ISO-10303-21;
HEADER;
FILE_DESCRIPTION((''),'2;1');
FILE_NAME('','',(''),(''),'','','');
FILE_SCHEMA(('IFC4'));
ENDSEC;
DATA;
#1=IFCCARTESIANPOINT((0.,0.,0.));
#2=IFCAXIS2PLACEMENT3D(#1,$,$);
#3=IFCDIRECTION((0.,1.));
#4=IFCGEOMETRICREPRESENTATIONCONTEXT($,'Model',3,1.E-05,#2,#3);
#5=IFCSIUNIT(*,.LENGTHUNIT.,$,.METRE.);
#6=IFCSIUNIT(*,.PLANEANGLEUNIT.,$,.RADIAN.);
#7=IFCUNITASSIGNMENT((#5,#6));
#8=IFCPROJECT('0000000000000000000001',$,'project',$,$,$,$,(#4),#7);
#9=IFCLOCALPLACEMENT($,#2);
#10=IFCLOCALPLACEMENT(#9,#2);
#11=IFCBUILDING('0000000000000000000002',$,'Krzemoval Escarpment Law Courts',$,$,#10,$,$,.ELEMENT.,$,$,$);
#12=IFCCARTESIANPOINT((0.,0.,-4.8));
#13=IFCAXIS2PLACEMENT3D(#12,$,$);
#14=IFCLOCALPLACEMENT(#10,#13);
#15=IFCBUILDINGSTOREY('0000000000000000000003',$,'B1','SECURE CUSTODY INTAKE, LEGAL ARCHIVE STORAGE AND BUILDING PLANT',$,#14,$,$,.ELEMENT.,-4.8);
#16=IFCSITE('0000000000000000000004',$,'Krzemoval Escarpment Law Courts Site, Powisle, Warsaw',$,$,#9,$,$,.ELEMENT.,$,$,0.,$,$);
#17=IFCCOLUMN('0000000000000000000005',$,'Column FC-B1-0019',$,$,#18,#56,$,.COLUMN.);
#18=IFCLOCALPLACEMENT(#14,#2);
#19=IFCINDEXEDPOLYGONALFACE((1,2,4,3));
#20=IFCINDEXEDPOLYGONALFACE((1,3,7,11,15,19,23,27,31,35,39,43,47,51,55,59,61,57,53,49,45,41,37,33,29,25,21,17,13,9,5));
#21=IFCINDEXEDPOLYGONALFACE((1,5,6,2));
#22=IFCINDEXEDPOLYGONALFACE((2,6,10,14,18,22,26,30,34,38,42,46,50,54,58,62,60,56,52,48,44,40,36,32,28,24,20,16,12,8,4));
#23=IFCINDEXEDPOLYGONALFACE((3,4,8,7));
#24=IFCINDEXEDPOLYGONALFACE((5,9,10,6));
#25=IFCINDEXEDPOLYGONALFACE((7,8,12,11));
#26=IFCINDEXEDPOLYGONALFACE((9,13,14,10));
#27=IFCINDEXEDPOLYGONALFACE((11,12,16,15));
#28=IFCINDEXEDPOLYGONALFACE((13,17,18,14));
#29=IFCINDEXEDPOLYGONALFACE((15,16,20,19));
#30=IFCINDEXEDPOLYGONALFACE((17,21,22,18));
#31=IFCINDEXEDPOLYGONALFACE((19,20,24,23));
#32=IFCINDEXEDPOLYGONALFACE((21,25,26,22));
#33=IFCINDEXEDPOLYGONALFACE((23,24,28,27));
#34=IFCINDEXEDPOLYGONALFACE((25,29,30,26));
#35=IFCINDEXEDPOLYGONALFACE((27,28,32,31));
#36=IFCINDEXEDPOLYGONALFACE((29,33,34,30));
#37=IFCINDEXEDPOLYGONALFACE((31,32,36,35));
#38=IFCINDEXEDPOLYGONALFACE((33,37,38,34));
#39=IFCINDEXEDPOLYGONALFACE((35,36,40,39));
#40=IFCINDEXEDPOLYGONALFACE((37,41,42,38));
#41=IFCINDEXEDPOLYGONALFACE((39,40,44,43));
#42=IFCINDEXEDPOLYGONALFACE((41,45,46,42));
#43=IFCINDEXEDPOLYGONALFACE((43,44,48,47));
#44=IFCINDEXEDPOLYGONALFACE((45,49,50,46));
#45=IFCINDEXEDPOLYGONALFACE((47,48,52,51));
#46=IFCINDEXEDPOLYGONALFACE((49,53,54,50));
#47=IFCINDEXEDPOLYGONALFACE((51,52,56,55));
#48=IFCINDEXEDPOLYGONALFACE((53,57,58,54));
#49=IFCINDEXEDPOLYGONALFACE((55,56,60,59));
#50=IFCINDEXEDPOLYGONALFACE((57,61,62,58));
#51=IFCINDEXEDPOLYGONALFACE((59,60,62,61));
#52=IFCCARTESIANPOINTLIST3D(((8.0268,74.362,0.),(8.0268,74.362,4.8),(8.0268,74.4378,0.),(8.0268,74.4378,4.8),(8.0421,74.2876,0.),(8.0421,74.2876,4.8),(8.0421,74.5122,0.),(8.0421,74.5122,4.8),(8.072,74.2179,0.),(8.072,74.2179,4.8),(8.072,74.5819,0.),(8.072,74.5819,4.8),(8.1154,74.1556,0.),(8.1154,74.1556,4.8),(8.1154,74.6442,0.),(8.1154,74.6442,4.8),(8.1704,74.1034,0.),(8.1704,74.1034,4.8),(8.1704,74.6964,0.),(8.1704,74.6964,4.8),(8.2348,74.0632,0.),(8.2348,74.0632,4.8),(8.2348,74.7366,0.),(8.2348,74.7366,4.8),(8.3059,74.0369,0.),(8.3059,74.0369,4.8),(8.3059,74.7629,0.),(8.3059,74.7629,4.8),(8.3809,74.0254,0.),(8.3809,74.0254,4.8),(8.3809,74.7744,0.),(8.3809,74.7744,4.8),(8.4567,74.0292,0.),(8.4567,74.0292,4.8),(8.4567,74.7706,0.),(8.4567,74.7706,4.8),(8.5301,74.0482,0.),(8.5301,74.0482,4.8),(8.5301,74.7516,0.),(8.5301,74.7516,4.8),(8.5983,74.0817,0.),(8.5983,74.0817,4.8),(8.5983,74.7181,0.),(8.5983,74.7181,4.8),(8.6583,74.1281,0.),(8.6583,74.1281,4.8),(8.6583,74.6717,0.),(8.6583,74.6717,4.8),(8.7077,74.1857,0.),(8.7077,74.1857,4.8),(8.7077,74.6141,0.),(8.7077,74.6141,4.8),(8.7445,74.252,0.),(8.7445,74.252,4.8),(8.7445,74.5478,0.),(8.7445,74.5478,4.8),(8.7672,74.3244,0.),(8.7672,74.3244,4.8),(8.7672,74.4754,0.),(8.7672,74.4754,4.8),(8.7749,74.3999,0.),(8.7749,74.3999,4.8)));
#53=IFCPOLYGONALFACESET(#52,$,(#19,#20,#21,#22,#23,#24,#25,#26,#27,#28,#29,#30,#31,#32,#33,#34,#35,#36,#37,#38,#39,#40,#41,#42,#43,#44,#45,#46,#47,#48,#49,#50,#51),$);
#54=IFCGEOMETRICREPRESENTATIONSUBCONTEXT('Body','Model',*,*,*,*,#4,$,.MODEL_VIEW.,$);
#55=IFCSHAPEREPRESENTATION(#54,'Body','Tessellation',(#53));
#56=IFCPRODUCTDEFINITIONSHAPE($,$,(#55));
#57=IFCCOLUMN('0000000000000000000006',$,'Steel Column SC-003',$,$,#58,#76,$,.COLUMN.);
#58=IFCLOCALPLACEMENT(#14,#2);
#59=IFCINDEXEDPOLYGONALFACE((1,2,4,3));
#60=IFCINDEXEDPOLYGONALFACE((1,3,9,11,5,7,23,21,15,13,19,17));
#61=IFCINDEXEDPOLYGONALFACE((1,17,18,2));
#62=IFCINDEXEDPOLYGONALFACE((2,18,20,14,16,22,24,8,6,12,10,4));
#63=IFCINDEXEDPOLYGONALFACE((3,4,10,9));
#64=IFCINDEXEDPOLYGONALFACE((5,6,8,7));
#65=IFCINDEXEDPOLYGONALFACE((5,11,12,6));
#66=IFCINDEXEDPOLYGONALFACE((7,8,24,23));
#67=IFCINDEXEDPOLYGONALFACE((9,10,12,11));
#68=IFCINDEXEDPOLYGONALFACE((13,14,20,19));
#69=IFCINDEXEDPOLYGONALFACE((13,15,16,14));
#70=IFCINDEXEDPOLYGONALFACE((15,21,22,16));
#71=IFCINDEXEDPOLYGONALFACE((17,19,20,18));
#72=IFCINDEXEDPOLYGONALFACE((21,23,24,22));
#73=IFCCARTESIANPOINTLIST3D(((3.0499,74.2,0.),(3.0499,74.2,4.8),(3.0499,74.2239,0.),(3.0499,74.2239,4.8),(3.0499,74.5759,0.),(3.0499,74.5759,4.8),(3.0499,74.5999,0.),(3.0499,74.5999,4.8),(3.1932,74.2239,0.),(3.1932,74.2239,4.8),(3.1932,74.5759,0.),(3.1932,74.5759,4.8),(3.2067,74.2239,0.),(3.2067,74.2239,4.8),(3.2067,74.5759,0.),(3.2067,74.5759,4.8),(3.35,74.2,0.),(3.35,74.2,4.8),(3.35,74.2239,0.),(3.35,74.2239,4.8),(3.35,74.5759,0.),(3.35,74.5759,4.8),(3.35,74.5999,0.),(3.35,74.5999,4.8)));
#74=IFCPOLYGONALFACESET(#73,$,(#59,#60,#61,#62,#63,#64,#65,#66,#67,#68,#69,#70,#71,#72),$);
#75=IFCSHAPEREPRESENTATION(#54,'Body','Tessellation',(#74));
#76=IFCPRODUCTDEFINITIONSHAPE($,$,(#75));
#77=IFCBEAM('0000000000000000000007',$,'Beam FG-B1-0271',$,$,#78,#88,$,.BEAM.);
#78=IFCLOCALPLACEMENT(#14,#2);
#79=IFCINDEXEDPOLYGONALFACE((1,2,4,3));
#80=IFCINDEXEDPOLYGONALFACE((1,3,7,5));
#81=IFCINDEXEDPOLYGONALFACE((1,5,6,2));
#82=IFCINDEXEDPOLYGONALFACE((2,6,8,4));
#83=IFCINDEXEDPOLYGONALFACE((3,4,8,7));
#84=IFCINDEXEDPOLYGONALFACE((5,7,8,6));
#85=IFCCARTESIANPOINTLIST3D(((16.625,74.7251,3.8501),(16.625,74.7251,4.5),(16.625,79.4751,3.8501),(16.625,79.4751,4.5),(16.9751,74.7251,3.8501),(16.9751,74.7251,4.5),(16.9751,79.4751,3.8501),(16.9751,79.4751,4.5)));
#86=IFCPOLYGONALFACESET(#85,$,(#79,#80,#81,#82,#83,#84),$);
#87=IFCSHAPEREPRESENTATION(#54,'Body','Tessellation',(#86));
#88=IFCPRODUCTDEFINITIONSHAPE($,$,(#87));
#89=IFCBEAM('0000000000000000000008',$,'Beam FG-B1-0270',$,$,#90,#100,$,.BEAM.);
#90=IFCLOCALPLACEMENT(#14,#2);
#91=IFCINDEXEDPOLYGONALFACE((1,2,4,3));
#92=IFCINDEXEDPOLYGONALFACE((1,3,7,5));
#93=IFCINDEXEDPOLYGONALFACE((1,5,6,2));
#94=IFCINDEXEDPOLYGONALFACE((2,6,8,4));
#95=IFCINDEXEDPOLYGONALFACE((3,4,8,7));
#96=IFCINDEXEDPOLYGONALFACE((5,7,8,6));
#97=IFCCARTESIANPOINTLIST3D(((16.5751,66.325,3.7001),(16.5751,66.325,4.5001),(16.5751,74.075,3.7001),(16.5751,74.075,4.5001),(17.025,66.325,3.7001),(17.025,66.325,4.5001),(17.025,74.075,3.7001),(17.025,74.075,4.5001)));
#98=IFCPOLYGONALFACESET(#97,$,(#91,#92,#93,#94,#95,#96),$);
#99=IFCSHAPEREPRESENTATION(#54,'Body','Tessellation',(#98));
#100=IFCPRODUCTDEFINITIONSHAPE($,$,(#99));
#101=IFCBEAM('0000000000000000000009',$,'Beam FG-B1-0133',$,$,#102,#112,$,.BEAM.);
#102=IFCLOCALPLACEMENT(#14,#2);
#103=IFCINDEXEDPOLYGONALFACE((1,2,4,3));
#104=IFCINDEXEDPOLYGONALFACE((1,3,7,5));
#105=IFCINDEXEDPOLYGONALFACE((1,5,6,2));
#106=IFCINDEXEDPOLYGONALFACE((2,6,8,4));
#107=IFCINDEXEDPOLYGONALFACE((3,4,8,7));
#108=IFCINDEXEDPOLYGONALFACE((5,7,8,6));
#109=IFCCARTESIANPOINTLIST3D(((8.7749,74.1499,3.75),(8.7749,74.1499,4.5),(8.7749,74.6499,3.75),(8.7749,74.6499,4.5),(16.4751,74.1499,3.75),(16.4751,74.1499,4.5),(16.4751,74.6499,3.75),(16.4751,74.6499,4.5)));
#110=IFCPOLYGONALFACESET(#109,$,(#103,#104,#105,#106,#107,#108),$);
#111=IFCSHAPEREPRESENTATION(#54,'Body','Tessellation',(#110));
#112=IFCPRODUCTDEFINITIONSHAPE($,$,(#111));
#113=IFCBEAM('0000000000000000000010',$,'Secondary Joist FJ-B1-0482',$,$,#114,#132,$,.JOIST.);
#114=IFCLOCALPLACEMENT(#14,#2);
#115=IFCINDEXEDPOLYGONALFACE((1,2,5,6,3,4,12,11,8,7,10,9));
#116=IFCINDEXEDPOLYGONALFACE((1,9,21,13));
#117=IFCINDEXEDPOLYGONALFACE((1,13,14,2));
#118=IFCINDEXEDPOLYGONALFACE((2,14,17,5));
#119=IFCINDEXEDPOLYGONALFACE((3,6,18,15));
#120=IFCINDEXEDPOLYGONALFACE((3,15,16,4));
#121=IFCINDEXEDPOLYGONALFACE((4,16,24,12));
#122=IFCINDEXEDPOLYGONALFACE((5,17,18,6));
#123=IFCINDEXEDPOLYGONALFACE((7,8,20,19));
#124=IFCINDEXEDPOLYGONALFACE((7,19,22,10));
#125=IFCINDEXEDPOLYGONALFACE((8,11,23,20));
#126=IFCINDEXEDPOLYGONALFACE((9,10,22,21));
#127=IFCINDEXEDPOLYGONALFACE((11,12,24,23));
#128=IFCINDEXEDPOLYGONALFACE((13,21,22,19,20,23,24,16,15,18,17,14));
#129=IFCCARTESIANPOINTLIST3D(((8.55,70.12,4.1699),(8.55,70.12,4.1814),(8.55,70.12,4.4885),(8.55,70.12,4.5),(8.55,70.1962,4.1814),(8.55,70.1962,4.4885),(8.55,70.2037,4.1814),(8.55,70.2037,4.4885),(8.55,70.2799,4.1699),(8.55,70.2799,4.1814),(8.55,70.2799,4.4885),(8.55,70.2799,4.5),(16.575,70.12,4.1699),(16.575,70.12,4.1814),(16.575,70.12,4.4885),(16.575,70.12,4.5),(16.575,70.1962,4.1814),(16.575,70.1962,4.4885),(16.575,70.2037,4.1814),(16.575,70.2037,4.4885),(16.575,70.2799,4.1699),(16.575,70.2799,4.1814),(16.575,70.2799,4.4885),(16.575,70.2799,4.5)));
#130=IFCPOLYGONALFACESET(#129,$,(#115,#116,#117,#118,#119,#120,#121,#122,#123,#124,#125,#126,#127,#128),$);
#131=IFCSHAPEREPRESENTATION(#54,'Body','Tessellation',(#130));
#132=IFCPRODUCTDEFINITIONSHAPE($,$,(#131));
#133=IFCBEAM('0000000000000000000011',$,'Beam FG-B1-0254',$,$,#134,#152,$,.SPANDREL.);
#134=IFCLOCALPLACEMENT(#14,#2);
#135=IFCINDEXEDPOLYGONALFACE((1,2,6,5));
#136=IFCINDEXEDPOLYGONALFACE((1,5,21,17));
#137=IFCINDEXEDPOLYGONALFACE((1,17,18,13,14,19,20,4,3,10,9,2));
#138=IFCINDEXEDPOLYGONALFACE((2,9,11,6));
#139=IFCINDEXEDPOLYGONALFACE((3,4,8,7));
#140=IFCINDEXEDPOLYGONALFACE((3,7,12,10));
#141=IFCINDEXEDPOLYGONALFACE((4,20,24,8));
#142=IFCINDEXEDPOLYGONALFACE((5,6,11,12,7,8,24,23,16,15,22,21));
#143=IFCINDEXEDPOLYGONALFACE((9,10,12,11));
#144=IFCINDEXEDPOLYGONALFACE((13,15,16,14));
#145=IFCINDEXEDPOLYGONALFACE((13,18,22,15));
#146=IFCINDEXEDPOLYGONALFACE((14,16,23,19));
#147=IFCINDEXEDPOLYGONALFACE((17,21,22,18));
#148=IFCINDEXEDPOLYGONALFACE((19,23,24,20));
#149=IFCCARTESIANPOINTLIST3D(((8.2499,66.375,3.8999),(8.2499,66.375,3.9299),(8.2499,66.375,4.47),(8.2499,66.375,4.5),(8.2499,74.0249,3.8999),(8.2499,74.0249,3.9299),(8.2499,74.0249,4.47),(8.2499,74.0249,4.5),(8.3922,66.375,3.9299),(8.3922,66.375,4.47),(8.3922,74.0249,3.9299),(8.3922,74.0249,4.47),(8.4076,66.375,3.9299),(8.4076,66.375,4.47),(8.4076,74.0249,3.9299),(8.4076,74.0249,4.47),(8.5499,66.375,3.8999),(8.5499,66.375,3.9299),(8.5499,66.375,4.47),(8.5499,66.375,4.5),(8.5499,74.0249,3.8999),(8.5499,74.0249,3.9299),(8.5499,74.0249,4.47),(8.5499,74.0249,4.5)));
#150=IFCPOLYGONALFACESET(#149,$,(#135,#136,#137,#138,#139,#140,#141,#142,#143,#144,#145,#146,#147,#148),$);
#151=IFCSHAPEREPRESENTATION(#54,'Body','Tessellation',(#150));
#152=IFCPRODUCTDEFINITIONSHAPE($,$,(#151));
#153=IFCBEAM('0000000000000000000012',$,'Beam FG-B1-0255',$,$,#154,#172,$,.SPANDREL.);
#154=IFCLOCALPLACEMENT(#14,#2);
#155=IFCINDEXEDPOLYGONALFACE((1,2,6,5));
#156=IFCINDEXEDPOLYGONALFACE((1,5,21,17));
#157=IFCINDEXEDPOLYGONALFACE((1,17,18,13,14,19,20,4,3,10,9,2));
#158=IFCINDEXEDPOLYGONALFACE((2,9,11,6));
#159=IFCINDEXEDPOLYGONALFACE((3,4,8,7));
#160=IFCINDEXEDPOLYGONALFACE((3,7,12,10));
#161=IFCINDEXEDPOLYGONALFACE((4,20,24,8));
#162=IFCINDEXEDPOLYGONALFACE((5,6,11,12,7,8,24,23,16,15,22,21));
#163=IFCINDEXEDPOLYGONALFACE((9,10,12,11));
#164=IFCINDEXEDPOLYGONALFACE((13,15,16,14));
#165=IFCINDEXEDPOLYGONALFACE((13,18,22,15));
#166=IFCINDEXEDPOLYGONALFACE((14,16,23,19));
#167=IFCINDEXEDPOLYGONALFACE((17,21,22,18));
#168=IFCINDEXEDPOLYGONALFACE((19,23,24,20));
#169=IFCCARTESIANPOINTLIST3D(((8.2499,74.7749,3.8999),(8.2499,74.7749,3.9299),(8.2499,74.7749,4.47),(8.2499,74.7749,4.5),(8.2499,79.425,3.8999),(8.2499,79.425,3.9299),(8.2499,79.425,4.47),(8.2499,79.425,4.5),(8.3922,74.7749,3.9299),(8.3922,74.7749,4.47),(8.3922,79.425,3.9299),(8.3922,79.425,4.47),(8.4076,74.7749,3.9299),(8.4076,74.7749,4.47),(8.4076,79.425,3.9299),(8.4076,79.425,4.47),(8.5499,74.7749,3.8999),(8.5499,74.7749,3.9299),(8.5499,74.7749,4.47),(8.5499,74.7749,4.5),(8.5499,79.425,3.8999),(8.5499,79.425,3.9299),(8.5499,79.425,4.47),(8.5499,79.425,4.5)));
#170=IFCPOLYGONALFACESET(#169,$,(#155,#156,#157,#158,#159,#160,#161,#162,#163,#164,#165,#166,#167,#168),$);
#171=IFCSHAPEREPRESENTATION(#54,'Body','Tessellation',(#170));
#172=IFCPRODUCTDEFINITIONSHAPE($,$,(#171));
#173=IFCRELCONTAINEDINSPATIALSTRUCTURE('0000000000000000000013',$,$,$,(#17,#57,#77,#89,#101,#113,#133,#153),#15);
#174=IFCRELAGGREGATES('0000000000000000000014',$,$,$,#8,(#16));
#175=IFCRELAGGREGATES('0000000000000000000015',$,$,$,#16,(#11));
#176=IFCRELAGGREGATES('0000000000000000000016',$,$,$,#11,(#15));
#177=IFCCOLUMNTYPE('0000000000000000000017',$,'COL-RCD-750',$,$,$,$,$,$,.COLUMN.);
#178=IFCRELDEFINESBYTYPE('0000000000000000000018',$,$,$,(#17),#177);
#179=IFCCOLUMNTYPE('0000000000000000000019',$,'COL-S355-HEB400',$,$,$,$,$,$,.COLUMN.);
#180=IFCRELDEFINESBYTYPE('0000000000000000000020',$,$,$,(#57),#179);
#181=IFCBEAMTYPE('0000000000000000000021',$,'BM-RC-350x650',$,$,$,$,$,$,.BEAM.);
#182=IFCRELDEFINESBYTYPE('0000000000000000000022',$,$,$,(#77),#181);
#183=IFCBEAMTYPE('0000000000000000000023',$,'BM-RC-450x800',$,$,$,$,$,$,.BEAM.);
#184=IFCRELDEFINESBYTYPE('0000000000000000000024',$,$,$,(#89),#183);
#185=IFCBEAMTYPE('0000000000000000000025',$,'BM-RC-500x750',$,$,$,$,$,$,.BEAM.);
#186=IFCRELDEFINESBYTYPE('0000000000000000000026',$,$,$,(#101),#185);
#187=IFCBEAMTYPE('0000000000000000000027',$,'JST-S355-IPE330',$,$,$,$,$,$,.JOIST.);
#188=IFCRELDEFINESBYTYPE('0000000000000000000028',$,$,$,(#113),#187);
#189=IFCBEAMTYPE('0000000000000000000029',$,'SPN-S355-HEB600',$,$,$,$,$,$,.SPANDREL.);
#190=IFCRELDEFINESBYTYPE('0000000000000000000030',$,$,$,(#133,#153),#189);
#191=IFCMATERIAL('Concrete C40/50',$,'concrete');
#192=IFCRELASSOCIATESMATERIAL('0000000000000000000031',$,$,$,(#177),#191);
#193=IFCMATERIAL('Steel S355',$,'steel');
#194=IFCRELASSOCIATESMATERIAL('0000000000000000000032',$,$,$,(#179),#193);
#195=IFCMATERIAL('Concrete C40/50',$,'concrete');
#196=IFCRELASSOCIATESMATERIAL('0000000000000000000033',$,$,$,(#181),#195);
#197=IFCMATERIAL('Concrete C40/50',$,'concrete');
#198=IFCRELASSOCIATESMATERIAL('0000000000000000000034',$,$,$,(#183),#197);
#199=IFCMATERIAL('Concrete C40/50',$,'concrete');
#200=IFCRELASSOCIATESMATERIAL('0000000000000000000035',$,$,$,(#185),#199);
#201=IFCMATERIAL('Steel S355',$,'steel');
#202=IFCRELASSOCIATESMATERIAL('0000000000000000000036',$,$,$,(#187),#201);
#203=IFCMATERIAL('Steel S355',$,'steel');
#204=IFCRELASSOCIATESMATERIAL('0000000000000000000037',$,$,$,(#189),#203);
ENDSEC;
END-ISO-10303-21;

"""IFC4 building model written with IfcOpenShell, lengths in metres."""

from ifc_helpers import new_model, si_unit, direction, frame, origin, origin_2d, place, context, subcontext, project, spatial, rectangle, circle, i_section, extrude, material, material_profile, profile_set, type_object, element, save


model = new_model("IFC4")

# Units and contexts
model_context = context("Model", 3, precision=1e-05, world=origin(), true_north=direction((0.0, 1.0)))
body_context = subcontext(model_context, "Body", "Model", "MODEL_VIEW")
ifc_project = project(units=[si_unit("LENGTHUNIT", "METRE"), si_unit("PLANEANGLEUNIT", "RADIAN")], contexts=[model_context])

# Site, building, storey
site_placement = place(None, origin())
site = spatial("IfcSite", under=ifc_project, at=site_placement, Name="Krzemoval Escarpment Law Courts Site, Powisle, Warsaw", CompositionType="ELEMENT", RefElevation=0.0)
building_placement = place(site_placement, origin())
building = spatial("IfcBuilding", under=site, at=building_placement, Name="Krzemoval Escarpment Law Courts", CompositionType="ELEMENT")
storey_placement = place(building_placement, frame((0.0, 0.0, -4.8)))
storey = spatial("IfcBuildingStorey", under=building, at=storey_placement, Name="B1", Description="SECURE CUSTODY INTAKE, LEGAL ARCHIVE STORAGE AND BUILDING PLANT", CompositionType="ELEMENT", Elevation=-4.8)

# Columns
ifc_material_1 = material(Name="Concrete C40/50", Category="concrete")
ifc_material_profile_1 = material_profile(ifc_material_1, circle(Radius=0.375, at=origin_2d()), Name="RC D750")
ifc_profile_set_1 = profile_set([ifc_material_profile_1], Name="Concrete C40/50")
column_type_1 = type_object("IfcColumnType", Name="COL-RCD-750", PredefinedType="COLUMN", material=ifc_profile_set_1)
column_1_placement = place(storey_placement, frame((8.3999, 74.3999, 0.0), z_axis=(0.0, 0.0, 1.0), x_axis=(1.0, 0.0, 0.0)))
element("IfcColumn", 1, at=column_1_placement, inside=storey, type_object=column_type_1, Name="Column FC-B1-0019", PredefinedType="COLUMN", context=body_context, shape_type="SweptSolid", body=[
    extrude(circle(Radius=0.375, at=origin_2d()), origin(), (0.0, 0.0, 1.0), 4.8),
])
ifc_material_2 = material(Name="Steel S355", Category="steel")
ifc_material_profile_2 = material_profile(ifc_material_2, i_section(OverallWidth=0.3, OverallDepth=0.3999, WebThickness=0.0134, FlangeThickness=0.0239, at=origin_2d()), Name="HEB 400")
ifc_profile_set_2 = profile_set([ifc_material_profile_2], Name="Steel S355")
column_type_2 = type_object("IfcColumnType", Name="COL-S355-HEB400", PredefinedType="COLUMN", material=ifc_profile_set_2)
column_2_placement = place(storey_placement, frame((3.2, 74.3999, 0.0), z_axis=(0.0, 0.0, 1.0), x_axis=(1.0, 0.0, 0.0)))
element("IfcColumn", 2, at=column_2_placement, inside=storey, type_object=column_type_2, Name="Steel Column SC-003", PredefinedType="COLUMN", context=body_context, shape_type="SweptSolid", body=[
    extrude(i_section(OverallWidth=0.3, OverallDepth=0.3999, WebThickness=0.0134, FlangeThickness=0.0239, at=origin_2d()), origin(), (0.0, 0.0, 1.0), 4.8),
])

# Beams
ifc_material_3 = material(Name="Concrete C40/50", Category="concrete")
ifc_material_profile_3 = material_profile(ifc_material_3, rectangle(XDim=0.3501, YDim=0.6499, at=origin_2d()), Name="RCB 350x650")
ifc_profile_set_3 = profile_set([ifc_material_profile_3], Name="Concrete C40/50")
beam_type_1 = type_object("IfcBeamType", Name="BM-RC-350x650", PredefinedType="BEAM", material=ifc_profile_set_3)
beam_1_placement = place(storey_placement, frame((16.8, 74.7251, 4.175), z_axis=(0.0, 1.0, 0.0), x_axis=(-1.0, 0.0, 0.0)))
element("IfcBeam", 3, at=beam_1_placement, inside=storey, type_object=beam_type_1, Name="Beam FG-B1-0271", PredefinedType="BEAM", context=body_context, shape_type="SweptSolid", body=[
    extrude(rectangle(XDim=0.3501, YDim=0.6499, at=origin_2d()), origin(), (0.0, 0.0, 1.0), 4.75),
])
ifc_material_4 = material(Name="Concrete C40/50", Category="concrete")
ifc_material_profile_4 = material_profile(ifc_material_4, rectangle(XDim=0.45, YDim=0.8, at=origin_2d()), Name="RCB 450x800")
ifc_profile_set_4 = profile_set([ifc_material_profile_4], Name="Concrete C40/50")
beam_type_2 = type_object("IfcBeamType", Name="BM-RC-450x800", PredefinedType="BEAM", material=ifc_profile_set_4)
beam_2_placement = place(storey_placement, frame((16.8, 66.325, 4.1001), z_axis=(0.0, 1.0, 0.0), x_axis=(-1.0, 0.0, 0.0)))
element("IfcBeam", 4, at=beam_2_placement, inside=storey, type_object=beam_type_2, Name="Beam FG-B1-0270", PredefinedType="BEAM", context=body_context, shape_type="SweptSolid", body=[
    extrude(rectangle(XDim=0.45, YDim=0.8, at=origin_2d()), origin(), (0.0, 0.0, 1.0), 7.75),
])
ifc_material_5 = material(Name="Concrete C40/50", Category="concrete")
ifc_material_profile_5 = material_profile(ifc_material_5, rectangle(XDim=0.5, YDim=0.75, at=origin_2d()), Name="RCB 500x750")
ifc_profile_set_5 = profile_set([ifc_material_profile_5], Name="Concrete C40/50")
beam_type_3 = type_object("IfcBeamType", Name="BM-RC-500x750", PredefinedType="BEAM", material=ifc_profile_set_5)
beam_3_placement = place(storey_placement, frame((8.7749, 74.3999, 4.125), z_axis=(1.0, 0.0, 0.0), x_axis=(0.0, 1.0, 0.0)))
element("IfcBeam", 5, at=beam_3_placement, inside=storey, type_object=beam_type_3, Name="Beam FG-B1-0133", PredefinedType="BEAM", context=body_context, shape_type="SweptSolid", body=[
    extrude(rectangle(XDim=0.5, YDim=0.75, at=origin_2d()), origin(), (0.0, 0.0, 1.0), 7.7002),
])
ifc_material_6 = material(Name="Steel S355", Category="steel")
ifc_material_profile_6 = material_profile(ifc_material_6, i_section(OverallWidth=0.1599, OverallDepth=0.3301, WebThickness=0.0076, FlangeThickness=0.0115, at=origin_2d()), Name="IPE 330")
ifc_profile_set_6 = profile_set([ifc_material_profile_6], Name="Steel S355")
beam_type_4 = type_object("IfcBeamType", Name="JST-S355-IPE330", PredefinedType="JOIST", material=ifc_profile_set_6)
beam_4_placement = place(storey_placement, frame((8.55, 70.2, 4.335), z_axis=(1.0, 0.0, 0.0), x_axis=(0.0, 1.0, 0.0)))
element("IfcBeam", 6, at=beam_4_placement, inside=storey, type_object=beam_type_4, Name="Secondary Joist FJ-B1-0482", PredefinedType="JOIST", context=body_context, shape_type="SweptSolid", body=[
    extrude(i_section(OverallWidth=0.1599, OverallDepth=0.3301, WebThickness=0.0076, FlangeThickness=0.0115, at=origin_2d()), origin(), (0.0, 0.0, 1.0), 8.0249),
])
ifc_material_7 = material(Name="Steel S355", Category="steel")
ifc_material_profile_7 = material_profile(ifc_material_7, i_section(OverallWidth=0.3, OverallDepth=0.6001, WebThickness=0.0154, FlangeThickness=0.03, at=origin_2d()), Name="HEB 600")
ifc_profile_set_7 = profile_set([ifc_material_profile_7], Name="Steel S355")
beam_type_5 = type_object("IfcBeamType", Name="SPN-S355-HEB600", PredefinedType="SPANDREL", material=ifc_profile_set_7)
beam_5_placement = place(storey_placement, frame((8.3999, 66.375, 4.2), z_axis=(0.0, 1.0, 0.0), x_axis=(-1.0, 0.0, 0.0)))
element("IfcBeam", 7, at=beam_5_placement, inside=storey, type_object=beam_type_5, Name="Beam FG-B1-0254", PredefinedType="SPANDREL", context=body_context, shape_type="SweptSolid", body=[
    extrude(i_section(OverallWidth=0.3, OverallDepth=0.6001, WebThickness=0.0154, FlangeThickness=0.03, at=origin_2d()), origin(), (0.0, 0.0, 1.0), 7.6499),
])
beam_6_placement = place(storey_placement, frame((8.3999, 74.7749, 4.2), z_axis=(0.0, 1.0, 0.0), x_axis=(-1.0, 0.0, 0.0)))
element("IfcBeam", 8, at=beam_6_placement, inside=storey, type_object=beam_type_5, Name="Beam FG-B1-0255", PredefinedType="SPANDREL", context=body_context, shape_type="SweptSolid", body=[
    extrude(i_section(OverallWidth=0.3, OverallDepth=0.6001, WebThickness=0.0154, FlangeThickness=0.03, at=origin_2d()), origin(), (0.0, 0.0, 1.0), 4.6501),
])

save(model, "model.ifc")
